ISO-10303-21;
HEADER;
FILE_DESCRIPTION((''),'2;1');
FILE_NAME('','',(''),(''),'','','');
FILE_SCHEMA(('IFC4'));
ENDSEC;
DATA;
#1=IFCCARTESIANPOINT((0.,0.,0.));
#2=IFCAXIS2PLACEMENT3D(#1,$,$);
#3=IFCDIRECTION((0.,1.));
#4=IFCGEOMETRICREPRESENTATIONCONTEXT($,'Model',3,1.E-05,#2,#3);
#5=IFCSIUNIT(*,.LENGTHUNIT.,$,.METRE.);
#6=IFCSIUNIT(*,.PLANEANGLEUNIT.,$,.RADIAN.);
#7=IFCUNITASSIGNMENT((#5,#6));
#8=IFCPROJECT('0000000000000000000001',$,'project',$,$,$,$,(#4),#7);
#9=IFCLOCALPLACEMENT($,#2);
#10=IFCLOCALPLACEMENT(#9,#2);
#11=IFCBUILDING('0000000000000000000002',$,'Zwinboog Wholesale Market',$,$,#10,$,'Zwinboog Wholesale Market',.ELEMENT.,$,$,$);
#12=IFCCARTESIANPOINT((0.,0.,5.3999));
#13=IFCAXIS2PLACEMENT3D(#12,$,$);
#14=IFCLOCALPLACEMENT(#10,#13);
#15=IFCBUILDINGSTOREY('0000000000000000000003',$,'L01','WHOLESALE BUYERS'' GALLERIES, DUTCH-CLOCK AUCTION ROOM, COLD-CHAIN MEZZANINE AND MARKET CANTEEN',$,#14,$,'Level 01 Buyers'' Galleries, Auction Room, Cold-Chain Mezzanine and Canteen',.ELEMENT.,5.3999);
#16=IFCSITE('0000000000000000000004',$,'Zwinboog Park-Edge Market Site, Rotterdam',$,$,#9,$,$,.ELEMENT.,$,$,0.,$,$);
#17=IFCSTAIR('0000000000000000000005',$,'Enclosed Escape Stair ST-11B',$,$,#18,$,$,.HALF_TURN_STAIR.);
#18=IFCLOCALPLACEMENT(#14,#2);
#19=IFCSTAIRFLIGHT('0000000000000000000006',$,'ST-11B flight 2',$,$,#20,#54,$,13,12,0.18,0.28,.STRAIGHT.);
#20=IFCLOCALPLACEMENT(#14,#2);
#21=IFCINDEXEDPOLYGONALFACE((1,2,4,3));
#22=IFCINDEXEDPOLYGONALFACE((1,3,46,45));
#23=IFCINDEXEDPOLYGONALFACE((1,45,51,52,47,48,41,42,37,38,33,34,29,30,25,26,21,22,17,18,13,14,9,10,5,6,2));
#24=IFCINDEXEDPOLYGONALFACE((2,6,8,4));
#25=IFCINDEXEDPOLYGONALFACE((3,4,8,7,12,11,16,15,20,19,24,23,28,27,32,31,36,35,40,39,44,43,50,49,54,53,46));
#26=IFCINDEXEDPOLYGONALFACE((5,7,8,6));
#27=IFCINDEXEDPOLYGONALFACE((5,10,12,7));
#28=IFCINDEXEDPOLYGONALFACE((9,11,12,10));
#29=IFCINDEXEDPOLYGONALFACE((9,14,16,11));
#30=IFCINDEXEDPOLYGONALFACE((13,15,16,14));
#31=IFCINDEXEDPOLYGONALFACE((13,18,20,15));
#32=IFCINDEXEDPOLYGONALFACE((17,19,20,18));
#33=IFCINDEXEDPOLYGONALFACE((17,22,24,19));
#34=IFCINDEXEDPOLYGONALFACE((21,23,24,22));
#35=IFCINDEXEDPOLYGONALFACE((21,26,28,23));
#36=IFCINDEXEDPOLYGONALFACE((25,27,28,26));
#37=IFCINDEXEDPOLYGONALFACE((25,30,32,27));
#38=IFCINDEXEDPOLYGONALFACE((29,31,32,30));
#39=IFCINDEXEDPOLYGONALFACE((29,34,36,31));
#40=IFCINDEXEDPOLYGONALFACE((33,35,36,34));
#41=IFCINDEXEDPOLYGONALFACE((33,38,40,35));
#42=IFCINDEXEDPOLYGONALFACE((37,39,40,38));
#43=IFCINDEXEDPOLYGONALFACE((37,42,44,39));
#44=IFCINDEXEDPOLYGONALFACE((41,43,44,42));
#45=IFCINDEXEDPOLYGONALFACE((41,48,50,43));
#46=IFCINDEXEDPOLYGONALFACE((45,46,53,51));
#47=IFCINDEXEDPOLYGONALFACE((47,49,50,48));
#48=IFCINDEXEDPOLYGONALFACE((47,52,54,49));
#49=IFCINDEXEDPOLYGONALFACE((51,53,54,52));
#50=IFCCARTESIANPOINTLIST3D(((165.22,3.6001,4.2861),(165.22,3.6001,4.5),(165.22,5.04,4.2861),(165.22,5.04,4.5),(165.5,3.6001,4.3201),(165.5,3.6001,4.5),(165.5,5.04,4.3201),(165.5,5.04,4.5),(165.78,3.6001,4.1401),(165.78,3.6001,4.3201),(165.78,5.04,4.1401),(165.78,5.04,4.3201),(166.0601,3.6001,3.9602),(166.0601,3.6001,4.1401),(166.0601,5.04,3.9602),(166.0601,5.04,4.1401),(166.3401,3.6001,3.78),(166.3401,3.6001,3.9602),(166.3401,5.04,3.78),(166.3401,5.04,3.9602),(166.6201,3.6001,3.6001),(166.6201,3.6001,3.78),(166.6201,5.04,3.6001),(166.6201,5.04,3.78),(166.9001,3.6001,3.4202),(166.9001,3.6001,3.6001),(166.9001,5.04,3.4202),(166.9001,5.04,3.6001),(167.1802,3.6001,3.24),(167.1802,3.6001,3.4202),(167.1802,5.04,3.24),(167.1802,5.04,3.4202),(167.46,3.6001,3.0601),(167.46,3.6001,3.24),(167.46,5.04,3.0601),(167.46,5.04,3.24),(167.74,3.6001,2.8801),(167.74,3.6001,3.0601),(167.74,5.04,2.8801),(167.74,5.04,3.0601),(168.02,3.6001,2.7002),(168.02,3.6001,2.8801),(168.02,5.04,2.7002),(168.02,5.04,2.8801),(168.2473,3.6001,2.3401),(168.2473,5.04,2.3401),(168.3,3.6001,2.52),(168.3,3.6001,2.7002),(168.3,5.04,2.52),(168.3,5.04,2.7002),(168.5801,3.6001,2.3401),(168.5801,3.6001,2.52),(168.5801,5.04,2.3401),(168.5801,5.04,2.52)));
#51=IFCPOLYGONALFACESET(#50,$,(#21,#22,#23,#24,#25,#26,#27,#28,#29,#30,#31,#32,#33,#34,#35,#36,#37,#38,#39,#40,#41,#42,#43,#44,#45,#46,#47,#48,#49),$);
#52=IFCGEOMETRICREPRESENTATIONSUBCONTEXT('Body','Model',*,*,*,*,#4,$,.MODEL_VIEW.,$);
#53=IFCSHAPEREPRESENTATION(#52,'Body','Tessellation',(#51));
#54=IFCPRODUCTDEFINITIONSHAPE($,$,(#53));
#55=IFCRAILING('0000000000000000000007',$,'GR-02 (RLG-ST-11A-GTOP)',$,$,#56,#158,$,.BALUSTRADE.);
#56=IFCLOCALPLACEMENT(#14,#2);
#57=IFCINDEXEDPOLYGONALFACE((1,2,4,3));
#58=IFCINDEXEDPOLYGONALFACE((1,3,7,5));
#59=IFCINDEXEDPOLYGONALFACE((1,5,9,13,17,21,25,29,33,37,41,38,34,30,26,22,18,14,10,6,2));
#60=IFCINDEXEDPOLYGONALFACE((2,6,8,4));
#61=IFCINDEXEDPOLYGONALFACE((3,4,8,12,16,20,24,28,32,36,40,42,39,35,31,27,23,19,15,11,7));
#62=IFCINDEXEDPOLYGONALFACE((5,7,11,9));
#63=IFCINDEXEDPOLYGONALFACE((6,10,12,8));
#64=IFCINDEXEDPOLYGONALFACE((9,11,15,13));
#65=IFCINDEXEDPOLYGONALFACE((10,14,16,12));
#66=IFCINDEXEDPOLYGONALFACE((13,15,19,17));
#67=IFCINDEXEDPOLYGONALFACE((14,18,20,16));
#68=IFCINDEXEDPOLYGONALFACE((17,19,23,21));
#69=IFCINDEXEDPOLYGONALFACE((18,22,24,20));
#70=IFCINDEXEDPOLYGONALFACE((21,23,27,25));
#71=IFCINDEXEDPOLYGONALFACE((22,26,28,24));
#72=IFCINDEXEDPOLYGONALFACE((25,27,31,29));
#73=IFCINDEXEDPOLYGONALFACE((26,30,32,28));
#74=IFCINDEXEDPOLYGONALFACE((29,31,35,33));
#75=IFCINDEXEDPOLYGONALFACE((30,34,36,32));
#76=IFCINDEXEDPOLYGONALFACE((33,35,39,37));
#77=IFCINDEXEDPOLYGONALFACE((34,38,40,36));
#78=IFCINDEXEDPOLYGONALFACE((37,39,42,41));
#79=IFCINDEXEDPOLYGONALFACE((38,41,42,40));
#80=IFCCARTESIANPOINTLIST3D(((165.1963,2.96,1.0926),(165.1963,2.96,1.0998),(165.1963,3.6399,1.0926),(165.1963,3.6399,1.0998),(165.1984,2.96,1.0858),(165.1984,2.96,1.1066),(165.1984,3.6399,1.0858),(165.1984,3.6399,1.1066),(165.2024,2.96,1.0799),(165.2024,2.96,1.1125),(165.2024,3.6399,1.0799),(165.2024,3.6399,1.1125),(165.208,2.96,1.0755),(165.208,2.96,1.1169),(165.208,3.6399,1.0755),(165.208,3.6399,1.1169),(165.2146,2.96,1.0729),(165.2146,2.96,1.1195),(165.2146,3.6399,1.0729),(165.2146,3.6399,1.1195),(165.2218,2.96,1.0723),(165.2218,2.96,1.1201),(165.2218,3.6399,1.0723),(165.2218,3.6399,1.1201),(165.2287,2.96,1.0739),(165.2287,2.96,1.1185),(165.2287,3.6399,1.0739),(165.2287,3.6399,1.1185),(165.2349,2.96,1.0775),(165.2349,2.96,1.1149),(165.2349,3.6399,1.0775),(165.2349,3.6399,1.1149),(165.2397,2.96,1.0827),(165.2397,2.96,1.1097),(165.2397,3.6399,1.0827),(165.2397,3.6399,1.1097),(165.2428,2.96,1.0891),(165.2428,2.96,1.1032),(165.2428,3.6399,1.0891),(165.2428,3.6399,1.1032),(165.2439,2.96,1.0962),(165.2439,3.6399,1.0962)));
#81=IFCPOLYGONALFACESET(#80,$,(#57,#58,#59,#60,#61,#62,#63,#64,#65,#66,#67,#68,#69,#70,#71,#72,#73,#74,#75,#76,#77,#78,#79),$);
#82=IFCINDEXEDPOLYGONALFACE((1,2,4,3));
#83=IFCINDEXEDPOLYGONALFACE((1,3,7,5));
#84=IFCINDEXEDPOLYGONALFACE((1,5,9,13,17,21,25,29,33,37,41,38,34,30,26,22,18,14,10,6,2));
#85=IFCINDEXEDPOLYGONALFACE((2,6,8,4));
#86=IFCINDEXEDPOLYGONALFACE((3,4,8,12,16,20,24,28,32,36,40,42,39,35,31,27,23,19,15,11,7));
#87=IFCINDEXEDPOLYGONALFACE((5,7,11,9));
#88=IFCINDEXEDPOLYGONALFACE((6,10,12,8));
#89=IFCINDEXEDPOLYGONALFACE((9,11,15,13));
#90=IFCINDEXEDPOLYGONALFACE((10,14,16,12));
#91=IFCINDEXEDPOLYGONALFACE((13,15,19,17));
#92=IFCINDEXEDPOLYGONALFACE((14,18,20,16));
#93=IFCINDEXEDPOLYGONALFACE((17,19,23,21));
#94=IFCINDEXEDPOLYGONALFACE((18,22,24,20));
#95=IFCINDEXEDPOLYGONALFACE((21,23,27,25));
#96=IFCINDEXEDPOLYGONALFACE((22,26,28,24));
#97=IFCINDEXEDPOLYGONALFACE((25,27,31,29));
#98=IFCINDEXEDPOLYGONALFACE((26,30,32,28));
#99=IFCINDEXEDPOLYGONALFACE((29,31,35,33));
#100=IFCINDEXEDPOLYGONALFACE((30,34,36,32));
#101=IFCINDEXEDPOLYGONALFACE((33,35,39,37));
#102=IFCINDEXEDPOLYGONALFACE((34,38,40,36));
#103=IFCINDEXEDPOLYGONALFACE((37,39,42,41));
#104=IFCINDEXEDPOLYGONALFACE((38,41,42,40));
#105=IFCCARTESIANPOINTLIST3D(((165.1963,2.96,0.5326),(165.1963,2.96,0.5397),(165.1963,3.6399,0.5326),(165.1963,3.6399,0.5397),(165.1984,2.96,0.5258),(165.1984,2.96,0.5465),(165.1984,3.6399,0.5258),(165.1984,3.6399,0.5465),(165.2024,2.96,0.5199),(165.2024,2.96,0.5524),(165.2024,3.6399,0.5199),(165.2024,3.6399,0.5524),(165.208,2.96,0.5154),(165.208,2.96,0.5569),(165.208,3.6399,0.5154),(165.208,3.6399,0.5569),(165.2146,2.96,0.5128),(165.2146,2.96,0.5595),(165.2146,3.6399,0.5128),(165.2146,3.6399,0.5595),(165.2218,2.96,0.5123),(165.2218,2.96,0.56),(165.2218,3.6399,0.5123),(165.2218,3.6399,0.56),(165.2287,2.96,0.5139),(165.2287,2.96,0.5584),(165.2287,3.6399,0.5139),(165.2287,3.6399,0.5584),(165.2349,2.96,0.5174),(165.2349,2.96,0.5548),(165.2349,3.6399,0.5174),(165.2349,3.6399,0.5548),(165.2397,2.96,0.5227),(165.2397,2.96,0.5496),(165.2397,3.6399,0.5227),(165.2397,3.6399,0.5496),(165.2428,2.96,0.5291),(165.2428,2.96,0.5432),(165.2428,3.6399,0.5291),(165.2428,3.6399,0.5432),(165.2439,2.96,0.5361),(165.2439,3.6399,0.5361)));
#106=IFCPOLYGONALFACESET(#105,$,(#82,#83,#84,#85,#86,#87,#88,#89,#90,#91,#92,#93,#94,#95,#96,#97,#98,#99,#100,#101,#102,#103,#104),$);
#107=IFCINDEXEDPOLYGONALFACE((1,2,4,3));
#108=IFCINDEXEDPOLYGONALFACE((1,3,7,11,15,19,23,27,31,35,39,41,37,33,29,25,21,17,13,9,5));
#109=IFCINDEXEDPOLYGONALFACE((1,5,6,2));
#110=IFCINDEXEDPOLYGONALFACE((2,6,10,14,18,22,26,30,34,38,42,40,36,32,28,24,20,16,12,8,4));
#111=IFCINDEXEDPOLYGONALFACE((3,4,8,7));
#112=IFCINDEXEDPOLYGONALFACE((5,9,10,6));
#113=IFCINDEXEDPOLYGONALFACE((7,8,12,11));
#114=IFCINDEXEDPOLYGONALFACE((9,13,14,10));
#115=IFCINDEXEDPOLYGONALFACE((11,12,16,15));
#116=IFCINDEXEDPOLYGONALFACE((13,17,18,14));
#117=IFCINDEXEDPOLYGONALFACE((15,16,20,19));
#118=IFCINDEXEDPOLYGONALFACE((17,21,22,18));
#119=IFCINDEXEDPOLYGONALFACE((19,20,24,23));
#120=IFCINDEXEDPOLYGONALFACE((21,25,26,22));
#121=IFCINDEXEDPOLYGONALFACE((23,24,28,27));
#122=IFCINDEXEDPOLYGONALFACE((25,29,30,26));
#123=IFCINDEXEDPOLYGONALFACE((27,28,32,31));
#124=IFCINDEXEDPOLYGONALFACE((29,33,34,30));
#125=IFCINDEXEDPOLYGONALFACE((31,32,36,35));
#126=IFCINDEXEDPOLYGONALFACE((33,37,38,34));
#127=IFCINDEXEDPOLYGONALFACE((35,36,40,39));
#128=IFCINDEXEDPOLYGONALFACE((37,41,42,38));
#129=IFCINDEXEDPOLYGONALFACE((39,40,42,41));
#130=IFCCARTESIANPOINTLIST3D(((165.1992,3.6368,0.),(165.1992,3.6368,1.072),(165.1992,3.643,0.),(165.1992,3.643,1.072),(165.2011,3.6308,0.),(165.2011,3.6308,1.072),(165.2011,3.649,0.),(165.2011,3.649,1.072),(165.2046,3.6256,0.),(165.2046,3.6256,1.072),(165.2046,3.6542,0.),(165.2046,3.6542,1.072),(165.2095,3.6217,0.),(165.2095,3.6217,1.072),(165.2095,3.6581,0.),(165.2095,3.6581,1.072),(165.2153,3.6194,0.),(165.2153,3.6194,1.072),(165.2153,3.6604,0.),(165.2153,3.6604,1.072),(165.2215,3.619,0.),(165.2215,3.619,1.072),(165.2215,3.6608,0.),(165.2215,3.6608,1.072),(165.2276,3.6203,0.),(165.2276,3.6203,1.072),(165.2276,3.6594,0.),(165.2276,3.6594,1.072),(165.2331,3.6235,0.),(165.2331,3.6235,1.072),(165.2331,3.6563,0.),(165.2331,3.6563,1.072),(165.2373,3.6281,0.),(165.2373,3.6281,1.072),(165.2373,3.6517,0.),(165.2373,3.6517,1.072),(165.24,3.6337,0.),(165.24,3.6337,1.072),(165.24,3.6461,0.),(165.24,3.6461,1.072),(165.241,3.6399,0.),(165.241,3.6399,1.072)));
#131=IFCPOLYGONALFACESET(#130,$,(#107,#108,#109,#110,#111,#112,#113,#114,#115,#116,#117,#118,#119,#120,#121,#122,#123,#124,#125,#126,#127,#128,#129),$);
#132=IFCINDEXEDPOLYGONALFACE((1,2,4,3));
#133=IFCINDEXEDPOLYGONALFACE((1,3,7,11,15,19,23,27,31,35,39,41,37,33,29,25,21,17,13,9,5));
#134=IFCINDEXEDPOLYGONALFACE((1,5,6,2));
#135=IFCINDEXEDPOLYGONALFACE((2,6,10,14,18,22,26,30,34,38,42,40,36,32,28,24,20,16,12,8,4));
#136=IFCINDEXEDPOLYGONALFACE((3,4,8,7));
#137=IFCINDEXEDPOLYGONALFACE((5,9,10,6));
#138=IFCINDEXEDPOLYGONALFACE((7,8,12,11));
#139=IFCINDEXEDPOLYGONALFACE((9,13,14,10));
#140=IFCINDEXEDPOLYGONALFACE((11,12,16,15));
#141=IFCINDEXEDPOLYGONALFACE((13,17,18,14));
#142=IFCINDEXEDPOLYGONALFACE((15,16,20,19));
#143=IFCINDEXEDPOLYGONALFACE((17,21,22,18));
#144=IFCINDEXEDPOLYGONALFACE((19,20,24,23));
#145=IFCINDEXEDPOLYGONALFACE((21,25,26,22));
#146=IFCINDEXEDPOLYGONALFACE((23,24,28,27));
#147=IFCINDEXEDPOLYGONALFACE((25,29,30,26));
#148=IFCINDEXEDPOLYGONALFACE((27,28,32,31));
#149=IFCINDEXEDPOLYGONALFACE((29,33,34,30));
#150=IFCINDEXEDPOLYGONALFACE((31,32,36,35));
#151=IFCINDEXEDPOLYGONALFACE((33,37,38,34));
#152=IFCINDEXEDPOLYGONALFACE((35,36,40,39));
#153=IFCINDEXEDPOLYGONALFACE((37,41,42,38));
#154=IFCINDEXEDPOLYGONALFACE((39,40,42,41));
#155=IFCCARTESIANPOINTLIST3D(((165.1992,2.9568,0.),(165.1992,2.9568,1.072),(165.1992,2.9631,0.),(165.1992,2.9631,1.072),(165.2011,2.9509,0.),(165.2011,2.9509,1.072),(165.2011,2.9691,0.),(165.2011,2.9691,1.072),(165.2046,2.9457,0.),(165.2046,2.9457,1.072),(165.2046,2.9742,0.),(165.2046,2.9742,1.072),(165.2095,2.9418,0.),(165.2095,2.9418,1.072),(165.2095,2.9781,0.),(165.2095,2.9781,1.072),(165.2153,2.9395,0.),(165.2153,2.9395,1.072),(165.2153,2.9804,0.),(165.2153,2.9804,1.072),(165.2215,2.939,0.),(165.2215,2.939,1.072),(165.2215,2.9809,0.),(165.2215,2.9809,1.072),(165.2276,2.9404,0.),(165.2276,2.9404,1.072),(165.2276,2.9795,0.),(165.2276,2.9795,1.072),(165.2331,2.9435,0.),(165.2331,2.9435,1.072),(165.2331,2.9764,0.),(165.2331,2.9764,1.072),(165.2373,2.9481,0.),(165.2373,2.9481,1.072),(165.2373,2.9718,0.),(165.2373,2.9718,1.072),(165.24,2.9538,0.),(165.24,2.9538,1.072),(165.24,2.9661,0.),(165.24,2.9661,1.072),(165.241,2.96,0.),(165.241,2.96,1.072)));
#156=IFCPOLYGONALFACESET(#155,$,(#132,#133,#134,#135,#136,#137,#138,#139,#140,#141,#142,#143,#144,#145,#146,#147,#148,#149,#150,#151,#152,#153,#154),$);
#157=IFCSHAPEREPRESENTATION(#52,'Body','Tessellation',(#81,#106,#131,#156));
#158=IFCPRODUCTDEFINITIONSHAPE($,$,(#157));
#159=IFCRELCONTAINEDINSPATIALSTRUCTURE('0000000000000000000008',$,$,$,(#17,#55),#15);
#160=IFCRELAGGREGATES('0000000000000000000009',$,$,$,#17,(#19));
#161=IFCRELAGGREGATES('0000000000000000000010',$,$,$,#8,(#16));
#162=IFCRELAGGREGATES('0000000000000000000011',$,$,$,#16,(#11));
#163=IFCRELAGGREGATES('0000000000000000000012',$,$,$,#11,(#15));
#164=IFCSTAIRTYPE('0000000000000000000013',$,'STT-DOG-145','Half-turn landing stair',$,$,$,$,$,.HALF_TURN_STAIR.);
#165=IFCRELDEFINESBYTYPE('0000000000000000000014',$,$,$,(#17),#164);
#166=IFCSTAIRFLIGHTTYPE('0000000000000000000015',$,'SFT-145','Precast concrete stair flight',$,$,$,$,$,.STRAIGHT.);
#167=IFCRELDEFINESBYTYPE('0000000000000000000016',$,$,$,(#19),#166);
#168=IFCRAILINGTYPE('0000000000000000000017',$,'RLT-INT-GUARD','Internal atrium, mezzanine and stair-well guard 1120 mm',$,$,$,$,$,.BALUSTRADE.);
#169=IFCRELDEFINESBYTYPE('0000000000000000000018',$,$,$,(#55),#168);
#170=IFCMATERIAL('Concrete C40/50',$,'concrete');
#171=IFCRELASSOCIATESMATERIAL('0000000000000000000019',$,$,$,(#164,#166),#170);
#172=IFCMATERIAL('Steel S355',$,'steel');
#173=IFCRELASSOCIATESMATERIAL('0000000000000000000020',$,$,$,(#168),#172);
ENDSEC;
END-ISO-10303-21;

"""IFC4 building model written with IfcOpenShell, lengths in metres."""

from ifc_helpers import new_model, si_unit, direction, frame, origin, origin_2d, place, context, subcontext, project, spatial, polyline, circle, outline, extrude, material, type_object, element, aggregate, save


model = new_model("IFC4")

# Units and contexts
model_context = context("Model", 3, precision=1e-05, world=origin(), true_north=direction((0.0, 1.0)))
body_context = subcontext(model_context, "Body", "Model", "MODEL_VIEW")
ifc_project = project(units=[si_unit("LENGTHUNIT", "METRE"), si_unit("PLANEANGLEUNIT", "RADIAN")], contexts=[model_context])

# Site, building, storey
site_placement = place(None, origin())
site = spatial("IfcSite", under=ifc_project, at=site_placement, Name="Zwinboog Park-Edge Market Site, Rotterdam", CompositionType="ELEMENT", RefElevation=0.0)
building_placement = place(site_placement, origin())
building = spatial("IfcBuilding", under=site, at=building_placement, Name="Zwinboog Wholesale Market", LongName="Zwinboog Wholesale Market", CompositionType="ELEMENT")
storey_placement = place(building_placement, frame((0.0, 0.0, 5.3999)))
storey = spatial("IfcBuildingStorey", under=building, at=storey_placement, Name="L01", Description="WHOLESALE BUYERS' GALLERIES, DUTCH-CLOCK AUCTION ROOM, COLD-CHAIN MEZZANINE AND MARKET CANTEEN", LongName="Level 01 Buyers' Galleries, Auction Room, Cold-Chain Mezzanine and Canteen", CompositionType="ELEMENT", Elevation=5.3999)

# Shared definitions
ifc_material_1 = material(Name="Steel S355", Category="steel")

# Shared definitions
ifc_material_2 = material(Name="Concrete C40/50", Category="concrete")

# Stair, stair flight
stair_type = type_object("IfcStairType", Name="STT-DOG-145", Description="Half-turn landing stair", PredefinedType="HALF_TURN_STAIR", material=ifc_material_2)
stair_placement = place(storey_placement, origin())
stair = element("IfcStair", 1, at=stair_placement, inside=storey, type_object=stair_type, Name="Enclosed Escape Stair ST-11B", PredefinedType="HALF_TURN_STAIR")
stair_flight_type = type_object("IfcStairFlightType", Name="SFT-145", Description="Precast concrete stair flight", PredefinedType="STRAIGHT", material=ifc_material_2)
stair_flight_1_placement = place(storey_placement, frame((168.5801, 4.3201, 2.3401), z_axis=(0.0, 0.0, 1.0), x_axis=(-1.0, 0.0, 0.0)))
stair_flight_1 = element("IfcStairFlight", 2, at=stair_flight_1_placement, type_object=stair_flight_type, Name="ST-11B flight 2", NumberOfRisers=13, NumberOfTreads=12, PredefinedType="STRAIGHT", RiserHeight=0.18, TreadLength=0.28, context=body_context, shape_type="SweptSolid", body=[
    extrude(outline(polyline([(0.0, 0.0), (0.0, 0.1799), (0.28, 0.1799), (0.28, 0.3601), (0.5601, 0.3601), (0.5601, 0.54), (0.8401, 0.54), (0.8401, 0.72), (1.1201, 0.72), (1.1201, 0.8999), (1.3999, 0.8999), (1.3999, 1.0801), (1.6799, 1.0801), (1.6799, 1.26), (1.96, 1.26), (1.96, 1.4399), (2.24, 1.4399), (2.24, 1.6201), (2.52, 1.6201), (2.52, 1.8), (2.8, 1.8), (2.8, 1.98), (3.0801, 1.98), (3.0801, 2.1599), (3.3601, 2.1599), (3.3601, 2.3401), (3.3601, 1.946), (0.3328, 0.0), (0.0, 0.0)])), frame((0.0, 0.72, 0.0), z_axis=(0.0, -1.0, 0.0), x_axis=(1.0, 0.0, 0.0)), (0.0, 0.0, 1.0), 1.4399),
])
aggregate(stair, [stair_flight_1])

# Railing
railing_type_1 = type_object("IfcRailingType", Name="RLT-INT-GUARD", Description="Internal atrium, mezzanine and stair-well guard 1120 mm", PredefinedType="BALUSTRADE", material=ifc_material_1)
railing_1_placement = place(storey_placement, frame((165.22, 3.6399, 0.0)))
element("IfcRailing", 3, at=railing_1_placement, inside=storey, type_object=railing_type_1, Name="GR-02 (RLG-ST-11A-GTOP)", PredefinedType="BALUSTRADE", context=body_context, shape_type="SweptSolid", body=[
    extrude(circle(Radius=0.0239, at=origin_2d()), frame((0.0, 0.0, 1.0962), z_axis=(0.0, -1.0, 0.0), x_axis=(1.0, 0.0, 0.0)), (0.0, 0.0, 1.0), 0.6799),
    extrude(circle(Radius=0.0239, at=origin_2d()), frame((0.0, 0.0, 0.5361), z_axis=(0.0, -1.0, 0.0), x_axis=(1.0, 0.0, 0.0)), (0.0, 0.0, 1.0), 0.6799),
    extrude(circle(Radius=0.021, at=origin_2d()), origin(), (0.0, 0.0, 1.0), 1.072),
    extrude(circle(Radius=0.021, at=origin_2d()), frame((0.0, -0.6799, 0.0)), (0.0, 0.0, 1.0), 1.072),
])

save(model, "model.ifc")
